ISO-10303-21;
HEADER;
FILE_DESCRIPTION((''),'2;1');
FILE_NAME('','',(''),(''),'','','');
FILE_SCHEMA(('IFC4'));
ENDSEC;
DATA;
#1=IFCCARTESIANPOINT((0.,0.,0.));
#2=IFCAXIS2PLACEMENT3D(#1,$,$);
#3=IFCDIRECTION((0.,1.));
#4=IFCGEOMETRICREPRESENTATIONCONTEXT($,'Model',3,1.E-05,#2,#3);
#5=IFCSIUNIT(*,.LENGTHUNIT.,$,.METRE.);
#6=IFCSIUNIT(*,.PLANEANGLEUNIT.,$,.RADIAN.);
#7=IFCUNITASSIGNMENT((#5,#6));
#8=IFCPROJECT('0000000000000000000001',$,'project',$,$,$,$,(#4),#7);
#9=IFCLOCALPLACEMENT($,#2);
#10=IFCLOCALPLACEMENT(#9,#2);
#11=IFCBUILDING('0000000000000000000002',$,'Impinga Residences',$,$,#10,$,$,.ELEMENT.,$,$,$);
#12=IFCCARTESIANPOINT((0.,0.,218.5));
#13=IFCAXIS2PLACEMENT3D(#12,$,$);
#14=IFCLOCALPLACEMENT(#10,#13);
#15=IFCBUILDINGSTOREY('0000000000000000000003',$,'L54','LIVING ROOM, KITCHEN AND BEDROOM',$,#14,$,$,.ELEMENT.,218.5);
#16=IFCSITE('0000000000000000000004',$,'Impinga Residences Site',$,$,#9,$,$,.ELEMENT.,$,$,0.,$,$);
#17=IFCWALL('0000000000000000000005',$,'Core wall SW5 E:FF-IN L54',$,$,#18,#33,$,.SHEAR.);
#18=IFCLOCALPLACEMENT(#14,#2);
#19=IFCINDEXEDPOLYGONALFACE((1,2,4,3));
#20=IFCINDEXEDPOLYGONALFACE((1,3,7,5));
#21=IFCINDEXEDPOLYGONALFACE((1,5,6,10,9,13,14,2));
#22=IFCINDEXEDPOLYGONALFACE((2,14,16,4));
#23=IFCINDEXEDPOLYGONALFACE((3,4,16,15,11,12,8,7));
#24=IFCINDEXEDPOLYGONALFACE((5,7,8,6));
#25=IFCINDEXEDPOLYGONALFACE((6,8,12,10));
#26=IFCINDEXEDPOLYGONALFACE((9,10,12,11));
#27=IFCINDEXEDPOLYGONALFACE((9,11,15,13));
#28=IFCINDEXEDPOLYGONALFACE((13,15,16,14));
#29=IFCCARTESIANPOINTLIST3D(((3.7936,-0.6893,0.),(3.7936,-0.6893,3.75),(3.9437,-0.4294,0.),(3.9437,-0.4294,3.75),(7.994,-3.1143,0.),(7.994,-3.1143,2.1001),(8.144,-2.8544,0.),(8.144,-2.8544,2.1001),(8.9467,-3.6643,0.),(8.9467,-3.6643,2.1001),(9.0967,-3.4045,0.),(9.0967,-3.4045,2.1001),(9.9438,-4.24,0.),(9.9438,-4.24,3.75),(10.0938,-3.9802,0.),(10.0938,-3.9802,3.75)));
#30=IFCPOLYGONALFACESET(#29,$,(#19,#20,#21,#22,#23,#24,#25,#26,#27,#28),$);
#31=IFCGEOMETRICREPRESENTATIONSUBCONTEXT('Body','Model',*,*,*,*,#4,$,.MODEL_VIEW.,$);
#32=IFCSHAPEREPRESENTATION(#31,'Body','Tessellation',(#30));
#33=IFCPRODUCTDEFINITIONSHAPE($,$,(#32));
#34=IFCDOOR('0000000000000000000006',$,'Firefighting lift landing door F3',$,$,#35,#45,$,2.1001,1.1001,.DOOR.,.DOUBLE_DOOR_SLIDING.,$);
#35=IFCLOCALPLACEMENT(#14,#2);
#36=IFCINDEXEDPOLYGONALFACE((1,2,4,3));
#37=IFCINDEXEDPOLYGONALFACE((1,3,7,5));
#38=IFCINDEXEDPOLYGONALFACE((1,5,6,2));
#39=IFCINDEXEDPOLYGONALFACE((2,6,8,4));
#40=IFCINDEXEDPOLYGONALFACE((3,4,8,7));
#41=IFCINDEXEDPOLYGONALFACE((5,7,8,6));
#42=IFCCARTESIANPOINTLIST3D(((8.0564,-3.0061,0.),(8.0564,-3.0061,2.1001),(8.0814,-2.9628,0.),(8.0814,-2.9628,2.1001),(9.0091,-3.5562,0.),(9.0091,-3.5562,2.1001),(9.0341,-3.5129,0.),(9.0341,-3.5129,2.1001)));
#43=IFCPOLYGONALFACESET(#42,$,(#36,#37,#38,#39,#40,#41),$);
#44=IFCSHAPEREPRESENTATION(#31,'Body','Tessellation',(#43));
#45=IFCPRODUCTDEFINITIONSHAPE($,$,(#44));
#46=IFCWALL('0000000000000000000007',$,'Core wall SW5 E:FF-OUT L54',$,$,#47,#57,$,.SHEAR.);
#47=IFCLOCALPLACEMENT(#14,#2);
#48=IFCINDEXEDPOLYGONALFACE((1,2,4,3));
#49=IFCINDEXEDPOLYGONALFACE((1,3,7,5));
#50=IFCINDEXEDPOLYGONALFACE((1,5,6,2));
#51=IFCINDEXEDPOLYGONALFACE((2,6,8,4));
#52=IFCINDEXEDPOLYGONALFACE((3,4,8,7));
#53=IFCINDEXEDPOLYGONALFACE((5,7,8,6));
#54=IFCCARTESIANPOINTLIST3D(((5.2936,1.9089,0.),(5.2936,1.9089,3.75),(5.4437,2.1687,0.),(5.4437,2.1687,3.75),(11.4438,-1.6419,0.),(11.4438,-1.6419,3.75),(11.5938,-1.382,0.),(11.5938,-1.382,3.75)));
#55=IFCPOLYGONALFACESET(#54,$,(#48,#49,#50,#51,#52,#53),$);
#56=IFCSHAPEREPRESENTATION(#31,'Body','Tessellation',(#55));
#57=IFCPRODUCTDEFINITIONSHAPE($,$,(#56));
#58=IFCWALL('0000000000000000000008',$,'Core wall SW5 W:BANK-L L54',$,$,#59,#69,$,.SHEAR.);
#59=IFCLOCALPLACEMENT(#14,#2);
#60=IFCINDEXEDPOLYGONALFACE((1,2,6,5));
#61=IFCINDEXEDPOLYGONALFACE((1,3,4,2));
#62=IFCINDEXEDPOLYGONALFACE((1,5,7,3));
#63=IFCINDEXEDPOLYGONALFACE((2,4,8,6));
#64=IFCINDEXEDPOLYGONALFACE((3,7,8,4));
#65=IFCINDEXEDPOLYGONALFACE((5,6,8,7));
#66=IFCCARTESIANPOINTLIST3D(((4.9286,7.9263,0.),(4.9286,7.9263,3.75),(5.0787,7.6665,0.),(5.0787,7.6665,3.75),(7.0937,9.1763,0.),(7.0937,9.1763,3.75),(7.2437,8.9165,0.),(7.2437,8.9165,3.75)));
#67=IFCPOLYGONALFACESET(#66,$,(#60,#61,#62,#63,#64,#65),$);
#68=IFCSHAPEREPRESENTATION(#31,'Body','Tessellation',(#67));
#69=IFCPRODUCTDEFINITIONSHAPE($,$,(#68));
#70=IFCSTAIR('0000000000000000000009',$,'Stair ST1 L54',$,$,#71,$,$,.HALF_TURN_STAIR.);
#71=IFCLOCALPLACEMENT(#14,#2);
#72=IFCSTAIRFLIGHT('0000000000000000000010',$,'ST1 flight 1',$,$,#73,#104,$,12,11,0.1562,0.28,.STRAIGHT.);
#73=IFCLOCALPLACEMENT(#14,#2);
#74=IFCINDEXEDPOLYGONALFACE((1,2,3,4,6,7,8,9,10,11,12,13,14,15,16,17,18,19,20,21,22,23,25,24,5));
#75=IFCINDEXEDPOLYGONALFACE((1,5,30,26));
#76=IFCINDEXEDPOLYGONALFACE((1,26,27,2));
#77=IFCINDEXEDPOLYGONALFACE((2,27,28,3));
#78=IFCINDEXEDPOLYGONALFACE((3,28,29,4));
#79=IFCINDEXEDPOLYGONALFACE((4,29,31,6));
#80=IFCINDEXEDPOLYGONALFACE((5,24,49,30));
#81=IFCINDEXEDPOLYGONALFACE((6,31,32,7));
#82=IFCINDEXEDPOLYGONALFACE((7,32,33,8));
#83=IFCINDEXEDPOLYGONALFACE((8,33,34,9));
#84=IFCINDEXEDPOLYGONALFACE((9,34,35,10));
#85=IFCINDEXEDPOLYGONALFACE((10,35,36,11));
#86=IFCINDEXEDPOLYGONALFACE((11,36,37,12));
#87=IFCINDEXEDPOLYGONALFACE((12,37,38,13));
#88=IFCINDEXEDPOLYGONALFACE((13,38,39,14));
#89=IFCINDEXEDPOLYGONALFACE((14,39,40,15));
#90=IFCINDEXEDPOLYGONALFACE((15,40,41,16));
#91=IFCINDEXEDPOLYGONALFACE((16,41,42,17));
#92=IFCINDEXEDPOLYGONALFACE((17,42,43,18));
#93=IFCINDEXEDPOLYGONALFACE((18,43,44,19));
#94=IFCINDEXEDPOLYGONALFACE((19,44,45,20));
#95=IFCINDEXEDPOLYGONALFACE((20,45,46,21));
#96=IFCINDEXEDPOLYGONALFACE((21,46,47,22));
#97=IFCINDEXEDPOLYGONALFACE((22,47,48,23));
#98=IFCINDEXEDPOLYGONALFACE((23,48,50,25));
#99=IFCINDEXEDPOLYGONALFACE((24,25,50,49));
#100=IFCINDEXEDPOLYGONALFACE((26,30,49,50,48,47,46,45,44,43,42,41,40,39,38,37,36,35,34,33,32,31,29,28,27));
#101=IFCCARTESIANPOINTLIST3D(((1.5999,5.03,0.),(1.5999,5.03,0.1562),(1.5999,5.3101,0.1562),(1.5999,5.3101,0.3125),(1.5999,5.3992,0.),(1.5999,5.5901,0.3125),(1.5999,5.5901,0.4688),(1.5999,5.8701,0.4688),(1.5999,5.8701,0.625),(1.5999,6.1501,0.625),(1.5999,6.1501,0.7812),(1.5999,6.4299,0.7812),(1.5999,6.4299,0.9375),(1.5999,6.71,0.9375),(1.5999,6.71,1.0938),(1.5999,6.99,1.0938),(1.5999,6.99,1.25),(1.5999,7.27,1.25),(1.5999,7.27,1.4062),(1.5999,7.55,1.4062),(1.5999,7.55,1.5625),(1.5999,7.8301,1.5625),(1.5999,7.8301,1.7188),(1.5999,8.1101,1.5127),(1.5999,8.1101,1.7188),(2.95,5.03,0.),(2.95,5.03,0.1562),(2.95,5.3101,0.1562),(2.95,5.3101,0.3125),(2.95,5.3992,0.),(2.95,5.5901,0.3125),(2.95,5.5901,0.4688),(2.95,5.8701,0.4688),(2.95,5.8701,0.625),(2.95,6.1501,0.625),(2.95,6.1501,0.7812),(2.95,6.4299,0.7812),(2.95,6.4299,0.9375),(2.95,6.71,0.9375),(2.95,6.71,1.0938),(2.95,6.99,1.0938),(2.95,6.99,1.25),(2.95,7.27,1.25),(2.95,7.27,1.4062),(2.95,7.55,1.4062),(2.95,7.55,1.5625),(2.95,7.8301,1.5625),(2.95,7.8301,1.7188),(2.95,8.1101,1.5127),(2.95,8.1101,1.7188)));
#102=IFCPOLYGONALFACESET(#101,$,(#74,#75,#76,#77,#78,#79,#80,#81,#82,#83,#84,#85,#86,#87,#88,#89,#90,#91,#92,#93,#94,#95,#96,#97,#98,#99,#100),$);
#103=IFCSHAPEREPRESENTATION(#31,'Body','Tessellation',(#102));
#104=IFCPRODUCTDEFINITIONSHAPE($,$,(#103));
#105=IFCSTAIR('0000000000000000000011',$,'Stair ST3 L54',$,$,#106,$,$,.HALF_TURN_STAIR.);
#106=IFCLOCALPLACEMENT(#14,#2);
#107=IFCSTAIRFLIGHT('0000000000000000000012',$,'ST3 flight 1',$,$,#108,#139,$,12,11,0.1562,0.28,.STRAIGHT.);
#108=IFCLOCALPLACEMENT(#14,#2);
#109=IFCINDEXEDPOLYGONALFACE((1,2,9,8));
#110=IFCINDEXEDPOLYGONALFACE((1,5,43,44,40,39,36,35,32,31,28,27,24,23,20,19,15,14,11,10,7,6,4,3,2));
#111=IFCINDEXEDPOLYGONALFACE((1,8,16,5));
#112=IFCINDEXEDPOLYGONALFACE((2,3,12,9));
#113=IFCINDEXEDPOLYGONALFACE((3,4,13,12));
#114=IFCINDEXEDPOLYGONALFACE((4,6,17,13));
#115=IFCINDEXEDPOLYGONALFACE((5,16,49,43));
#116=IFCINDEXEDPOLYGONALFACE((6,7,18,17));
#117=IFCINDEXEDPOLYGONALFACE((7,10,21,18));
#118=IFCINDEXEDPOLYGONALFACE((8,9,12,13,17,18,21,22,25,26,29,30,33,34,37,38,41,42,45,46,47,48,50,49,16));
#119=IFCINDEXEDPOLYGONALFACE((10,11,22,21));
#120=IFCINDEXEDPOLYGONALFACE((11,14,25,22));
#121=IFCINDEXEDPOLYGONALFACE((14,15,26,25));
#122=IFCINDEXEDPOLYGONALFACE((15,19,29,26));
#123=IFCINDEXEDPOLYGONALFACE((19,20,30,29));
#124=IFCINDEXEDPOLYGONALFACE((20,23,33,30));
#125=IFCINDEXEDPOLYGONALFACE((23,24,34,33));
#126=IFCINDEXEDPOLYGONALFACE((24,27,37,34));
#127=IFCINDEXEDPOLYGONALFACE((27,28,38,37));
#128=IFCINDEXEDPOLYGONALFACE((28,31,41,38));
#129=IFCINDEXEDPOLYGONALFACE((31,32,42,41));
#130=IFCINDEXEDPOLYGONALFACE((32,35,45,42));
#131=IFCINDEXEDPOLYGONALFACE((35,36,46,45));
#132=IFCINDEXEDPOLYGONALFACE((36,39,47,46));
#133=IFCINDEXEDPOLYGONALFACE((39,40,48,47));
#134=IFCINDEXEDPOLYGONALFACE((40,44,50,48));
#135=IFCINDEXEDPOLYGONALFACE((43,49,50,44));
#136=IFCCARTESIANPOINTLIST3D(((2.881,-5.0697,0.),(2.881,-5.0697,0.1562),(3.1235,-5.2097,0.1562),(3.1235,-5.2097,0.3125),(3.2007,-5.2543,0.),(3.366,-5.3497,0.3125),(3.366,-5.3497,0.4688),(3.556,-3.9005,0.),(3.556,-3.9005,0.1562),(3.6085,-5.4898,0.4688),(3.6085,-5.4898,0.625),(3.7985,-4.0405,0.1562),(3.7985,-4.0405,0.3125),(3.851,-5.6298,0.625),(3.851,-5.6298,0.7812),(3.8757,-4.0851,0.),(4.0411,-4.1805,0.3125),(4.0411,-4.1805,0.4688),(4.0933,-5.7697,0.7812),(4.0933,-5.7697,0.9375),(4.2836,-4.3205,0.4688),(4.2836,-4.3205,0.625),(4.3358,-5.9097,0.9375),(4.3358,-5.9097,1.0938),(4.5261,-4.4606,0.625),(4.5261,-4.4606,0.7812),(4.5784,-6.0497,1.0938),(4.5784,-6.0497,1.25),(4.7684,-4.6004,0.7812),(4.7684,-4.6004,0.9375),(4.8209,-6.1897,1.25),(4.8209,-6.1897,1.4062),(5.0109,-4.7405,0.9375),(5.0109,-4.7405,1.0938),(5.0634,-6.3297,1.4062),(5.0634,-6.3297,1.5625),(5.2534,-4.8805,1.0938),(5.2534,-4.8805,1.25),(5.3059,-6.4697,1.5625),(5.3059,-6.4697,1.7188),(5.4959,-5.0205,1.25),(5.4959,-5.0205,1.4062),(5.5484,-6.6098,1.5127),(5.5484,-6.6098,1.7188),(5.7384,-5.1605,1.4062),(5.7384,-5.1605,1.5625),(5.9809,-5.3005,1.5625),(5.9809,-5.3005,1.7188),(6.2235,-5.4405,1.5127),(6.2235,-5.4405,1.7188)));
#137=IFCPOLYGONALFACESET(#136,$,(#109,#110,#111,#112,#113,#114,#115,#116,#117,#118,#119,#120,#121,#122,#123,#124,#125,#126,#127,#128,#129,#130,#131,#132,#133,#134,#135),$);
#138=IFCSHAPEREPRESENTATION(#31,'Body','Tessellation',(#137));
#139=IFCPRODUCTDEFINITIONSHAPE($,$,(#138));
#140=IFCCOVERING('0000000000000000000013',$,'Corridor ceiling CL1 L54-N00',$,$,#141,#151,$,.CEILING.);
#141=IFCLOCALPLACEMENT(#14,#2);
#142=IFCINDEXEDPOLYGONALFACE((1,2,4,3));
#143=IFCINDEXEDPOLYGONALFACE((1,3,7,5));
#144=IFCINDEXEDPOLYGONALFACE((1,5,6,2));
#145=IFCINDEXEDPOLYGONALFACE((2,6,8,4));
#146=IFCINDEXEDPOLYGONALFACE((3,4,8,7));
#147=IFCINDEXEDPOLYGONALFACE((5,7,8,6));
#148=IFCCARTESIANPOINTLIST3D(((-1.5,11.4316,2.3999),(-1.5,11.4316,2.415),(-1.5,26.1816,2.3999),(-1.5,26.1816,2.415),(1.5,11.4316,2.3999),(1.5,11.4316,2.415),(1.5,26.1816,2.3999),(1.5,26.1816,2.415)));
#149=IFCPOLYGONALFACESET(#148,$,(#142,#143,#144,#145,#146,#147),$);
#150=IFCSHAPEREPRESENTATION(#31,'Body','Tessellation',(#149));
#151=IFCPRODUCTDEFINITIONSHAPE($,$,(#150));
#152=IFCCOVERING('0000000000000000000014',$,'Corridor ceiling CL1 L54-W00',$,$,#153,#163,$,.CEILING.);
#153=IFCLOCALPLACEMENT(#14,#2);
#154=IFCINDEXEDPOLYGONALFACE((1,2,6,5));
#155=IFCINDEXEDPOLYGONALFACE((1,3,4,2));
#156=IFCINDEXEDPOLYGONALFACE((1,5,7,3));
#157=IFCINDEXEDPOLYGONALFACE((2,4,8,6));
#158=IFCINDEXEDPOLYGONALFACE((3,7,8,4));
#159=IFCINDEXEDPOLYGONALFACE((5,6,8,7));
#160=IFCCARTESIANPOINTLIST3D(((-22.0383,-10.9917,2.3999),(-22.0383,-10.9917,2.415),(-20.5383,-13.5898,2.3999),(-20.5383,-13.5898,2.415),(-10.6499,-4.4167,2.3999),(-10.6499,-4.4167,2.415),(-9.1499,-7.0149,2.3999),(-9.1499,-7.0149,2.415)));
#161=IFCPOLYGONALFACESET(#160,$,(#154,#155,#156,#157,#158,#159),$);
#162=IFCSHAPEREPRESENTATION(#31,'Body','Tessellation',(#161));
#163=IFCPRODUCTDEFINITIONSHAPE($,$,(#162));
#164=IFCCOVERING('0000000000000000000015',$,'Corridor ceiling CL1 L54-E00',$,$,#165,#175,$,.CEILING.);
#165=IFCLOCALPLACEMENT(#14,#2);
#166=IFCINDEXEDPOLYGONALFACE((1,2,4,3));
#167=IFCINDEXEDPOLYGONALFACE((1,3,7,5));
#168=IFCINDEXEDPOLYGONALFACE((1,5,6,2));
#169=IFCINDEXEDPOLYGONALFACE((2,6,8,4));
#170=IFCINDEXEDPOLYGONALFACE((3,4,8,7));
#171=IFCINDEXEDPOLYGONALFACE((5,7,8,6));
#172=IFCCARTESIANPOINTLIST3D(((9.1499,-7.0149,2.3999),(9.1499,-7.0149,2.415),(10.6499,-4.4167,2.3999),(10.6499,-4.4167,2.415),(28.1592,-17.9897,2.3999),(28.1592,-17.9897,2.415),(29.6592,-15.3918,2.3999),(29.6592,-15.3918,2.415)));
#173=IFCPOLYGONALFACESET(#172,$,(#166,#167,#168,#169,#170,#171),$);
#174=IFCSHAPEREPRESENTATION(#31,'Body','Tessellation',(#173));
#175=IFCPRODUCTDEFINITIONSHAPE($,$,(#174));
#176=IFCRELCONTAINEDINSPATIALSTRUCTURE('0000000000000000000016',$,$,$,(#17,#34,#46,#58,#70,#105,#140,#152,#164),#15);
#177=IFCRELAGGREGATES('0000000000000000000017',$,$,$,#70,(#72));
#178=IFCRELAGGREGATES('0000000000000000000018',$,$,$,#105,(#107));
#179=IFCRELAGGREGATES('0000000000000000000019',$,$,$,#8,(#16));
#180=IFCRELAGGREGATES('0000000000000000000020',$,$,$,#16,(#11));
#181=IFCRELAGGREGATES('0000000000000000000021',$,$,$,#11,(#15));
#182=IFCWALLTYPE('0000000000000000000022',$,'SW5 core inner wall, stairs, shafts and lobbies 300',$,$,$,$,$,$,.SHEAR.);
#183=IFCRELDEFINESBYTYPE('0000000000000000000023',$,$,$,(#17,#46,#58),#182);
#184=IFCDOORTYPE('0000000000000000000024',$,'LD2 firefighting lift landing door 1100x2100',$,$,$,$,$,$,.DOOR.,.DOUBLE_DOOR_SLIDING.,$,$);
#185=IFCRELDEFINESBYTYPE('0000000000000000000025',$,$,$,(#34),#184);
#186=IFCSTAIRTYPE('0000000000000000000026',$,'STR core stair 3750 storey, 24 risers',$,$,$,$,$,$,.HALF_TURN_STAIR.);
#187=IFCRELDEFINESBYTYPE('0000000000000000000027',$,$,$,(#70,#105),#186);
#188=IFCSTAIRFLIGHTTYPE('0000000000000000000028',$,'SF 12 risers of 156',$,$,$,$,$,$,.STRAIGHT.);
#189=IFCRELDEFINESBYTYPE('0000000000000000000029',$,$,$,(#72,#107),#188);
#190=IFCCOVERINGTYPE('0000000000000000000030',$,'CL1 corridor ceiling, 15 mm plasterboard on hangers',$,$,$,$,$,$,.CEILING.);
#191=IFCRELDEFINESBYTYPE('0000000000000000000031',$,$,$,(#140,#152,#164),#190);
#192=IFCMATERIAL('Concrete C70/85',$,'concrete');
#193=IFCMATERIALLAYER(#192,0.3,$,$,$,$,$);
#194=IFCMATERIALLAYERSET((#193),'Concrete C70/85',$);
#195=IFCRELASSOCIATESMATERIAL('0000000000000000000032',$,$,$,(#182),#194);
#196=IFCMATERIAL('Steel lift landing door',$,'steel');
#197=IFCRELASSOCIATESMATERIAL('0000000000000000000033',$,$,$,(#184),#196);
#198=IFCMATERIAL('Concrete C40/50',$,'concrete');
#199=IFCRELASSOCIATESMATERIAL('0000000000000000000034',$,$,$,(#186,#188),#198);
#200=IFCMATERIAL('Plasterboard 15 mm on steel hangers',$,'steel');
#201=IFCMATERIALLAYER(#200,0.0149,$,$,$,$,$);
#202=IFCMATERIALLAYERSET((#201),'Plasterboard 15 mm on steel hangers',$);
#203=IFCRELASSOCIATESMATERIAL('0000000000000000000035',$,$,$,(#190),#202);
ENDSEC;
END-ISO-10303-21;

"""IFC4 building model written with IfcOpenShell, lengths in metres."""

from ifc_helpers import new_model, si_unit, direction, frame, frame_2d, origin, place, context, subcontext, project, spatial, polyline, rectangle, outline, extrude, material, layer, layer_set, type_object, element, fill, aggregate, save


model = new_model("IFC4")

# Units and contexts
model_context = context("Model", 3, precision=1e-05, world=origin(), true_north=direction((0.0, 1.0)))
body_context = subcontext(model_context, "Body", "Model", "MODEL_VIEW")
ifc_project = project(units=[si_unit("LENGTHUNIT", "METRE"), si_unit("PLANEANGLEUNIT", "RADIAN")], contexts=[model_context])

# Site, building, storey
site_placement = place(None, origin())
site = spatial("IfcSite", under=ifc_project, at=site_placement, Name="Impinga Residences Site", CompositionType="ELEMENT", RefElevation=0.0)
building_placement = place(site_placement, origin())
building = spatial("IfcBuilding", under=site, at=building_placement, Name="Impinga Residences", CompositionType="ELEMENT")
storey_placement = place(building_placement, frame((0.0, 0.0, 218.5)))
storey = spatial("IfcBuildingStorey", under=building, at=storey_placement, Name="L54", Description="LIVING ROOM, KITCHEN AND BEDROOM", CompositionType="ELEMENT", Elevation=218.5)

# Shared definitions
ifc_material_1 = material(Name="Concrete C40/50", Category="concrete")

# Shared definitions
ifc_material_2 = material(Name="Concrete C70/85", Category="concrete")
ifc_layer_1 = layer(ifc_material_2, 0.3)
ifc_layer_set_1 = layer_set([ifc_layer_1], Name="Concrete C70/85")
wall_type = type_object("IfcWallType", Name="SW5 core inner wall, stairs, shafts and lobbies 300", PredefinedType="SHEAR", material=ifc_layer_set_1)

# Wall, opening, door
wall_1_placement = place(storey_placement, frame((3.8687, -0.5593, 0.0), z_axis=(0.0, 0.0, 1.0), x_axis=(0.866026, -0.499999, 0.0)))
wall_1 = element("IfcWall", 1, at=wall_1_placement, inside=storey, type_object=wall_type, Name="Core wall SW5 E:FF-IN L54", PredefinedType="SHEAR", context=body_context, shape_type="SweptSolid", body=[
    extrude(rectangle(XDim=7.1016, YDim=0.3, at=frame_2d((3.5508, 0.0))), origin(), (0.0, 0.0, 1.0), 3.75),
])
opening_1_placement = place(wall_1_placement, frame((4.8501, 0.0, 0.0)))
opening_1 = element("IfcOpeningElement", 2, at=opening_1_placement, cuts=wall_1, PredefinedType="OPENING", context=body_context, shape_type="SweptSolid", body=[
    extrude(rectangle(XDim=1.1001, YDim=2.1001, at=frame_2d((0.55, 1.05))), frame((0.0, 0.1599, 0.0), z_axis=(0.0, -1.0, 0.0), x_axis=(1.0, 0.0, 0.0)), (0.0, 0.0, 1.0), 0.3201),
])
ifc_material_3 = material(Name="Steel lift landing door", Category="steel")
door_type_1 = type_object("IfcDoorType", Name="LD2 firefighting lift landing door 1100x2100", OperationType="DOUBLE_DOOR_SLIDING", PredefinedType="DOOR", material=ifc_material_3)
door_1_placement = place(opening_1_placement, origin())
door_1 = element("IfcDoor", 3, at=door_1_placement, inside=storey, type_object=door_type_1, Name="Firefighting lift landing door F3", OperationType="DOUBLE_DOOR_SLIDING", OverallHeight=2.1001, OverallWidth=1.1001, PredefinedType="DOOR", context=body_context, shape_type="SweptSolid", body=[
    extrude(rectangle(XDim=1.1001, YDim=2.1001, at=frame_2d((0.55, 1.05))), frame((0.0, 0.0249, 0.0), z_axis=(0.0, -1.0, 0.0), x_axis=(1.0, 0.0, 0.0)), (0.0, 0.0, 1.0), 0.05),
])
fill(opening_1, door_1)

# Walls
wall_2_placement = place(storey_placement, frame((5.3687, 2.0388, 0.0), z_axis=(0.0, 0.0, 1.0), x_axis=(0.866026, -0.499999, 0.0)))
element("IfcWall", 4, at=wall_2_placement, inside=storey, type_object=wall_type, Name="Core wall SW5 E:FF-OUT L54", PredefinedType="SHEAR", context=body_context, shape_type="SweptSolid", body=[
    extrude(rectangle(XDim=7.1016, YDim=0.3, at=frame_2d((3.5508, 0.0))), origin(), (0.0, 0.0, 1.0), 3.75),
])
wall_3_placement = place(storey_placement, frame((5.0037, 7.7964, 0.0), z_axis=(0.0, 0.0, 1.0), x_axis=(0.866023, 0.500004, 0.0)))
element("IfcWall", 5, at=wall_3_placement, inside=storey, type_object=wall_type, Name="Core wall SW5 W:BANK-L L54", PredefinedType="SHEAR", context=body_context, shape_type="SweptSolid", body=[
    extrude(rectangle(XDim=2.5, YDim=0.3, at=frame_2d((1.25, 0.0))), origin(), (0.0, 0.0, 1.0), 3.75),
])

# Stairs, stair flights
stair_type_1 = type_object("IfcStairType", Name="STR core stair 3750 storey, 24 risers", PredefinedType="HALF_TURN_STAIR", material=ifc_material_1)
stair_1_placement = place(storey_placement, origin())
stair_1 = element("IfcStair", 6, at=stair_1_placement, inside=storey, type_object=stair_type_1, Name="Stair ST1 L54", PredefinedType="HALF_TURN_STAIR")
stair_flight_type = type_object("IfcStairFlightType", Name="SF 12 risers of 156", PredefinedType="STRAIGHT", material=ifc_material_1)
stair_flight_1_placement = place(storey_placement, frame((2.2749, 5.03, 0.0), z_axis=(0.0, 0.0, 1.0), x_axis=(0.0, 1.0, 0.0)))
stair_flight_1 = element("IfcStairFlight", 7, at=stair_flight_1_placement, type_object=stair_flight_type, Name="ST1 flight 1", NumberOfRisers=12, NumberOfTreads=11, PredefinedType="STRAIGHT", RiserHeight=0.1562, TreadLength=0.28, context=body_context, shape_type="SweptSolid", body=[
    extrude(outline(polyline([(0.0, 0.0), (0.0, 0.1562), (0.28, 0.1562), (0.28, 0.3125), (0.5601, 0.3125), (0.5601, 0.4688), (0.8401, 0.4688), (0.8401, 0.625), (1.1201, 0.625), (1.1201, 0.7812), (1.3999, 0.7812), (1.3999, 0.9375), (1.6799, 0.9375), (1.6799, 1.0938), (1.96, 1.0938), (1.96, 1.25), (2.24, 1.25), (2.24, 1.4062), (2.52, 1.4062), (2.52, 1.5625), (2.8, 1.5625), (2.8, 1.7188), (3.0801, 1.7188), (3.0801, 1.875), (3.0801, 1.5127), (0.3691, 0.0), (0.0, 0.0)])), frame((0.0, 0.675, 0.0), z_axis=(0.0, -1.0, 0.0), x_axis=(1.0, 0.0, 0.0)), (0.0, 0.0, 1.0), 1.3501),
])
aggregate(stair_1, [stair_flight_1])
stair_2_placement = place(storey_placement, origin())
stair_2 = element("IfcStair", 8, at=stair_2_placement, inside=storey, type_object=stair_type_1, Name="Stair ST3 L54", PredefinedType="HALF_TURN_STAIR")
stair_flight_2_placement = place(storey_placement, frame((3.2185, -4.4851, 0.0), z_axis=(0.0, 0.0, 1.0), x_axis=(0.866025, -0.5, 0.0)))
stair_flight_2 = element("IfcStairFlight", 9, at=stair_flight_2_placement, type_object=stair_flight_type, Name="ST3 flight 1", NumberOfRisers=12, NumberOfTreads=11, PredefinedType="STRAIGHT", RiserHeight=0.1562, TreadLength=0.28, context=body_context, shape_type="SweptSolid", body=[
    extrude(outline(polyline([(0.0, 0.0), (0.0, 0.1562), (0.28, 0.1562), (0.28, 0.3125), (0.5601, 0.3125), (0.5601, 0.4688), (0.8401, 0.4688), (0.8401, 0.625), (1.1201, 0.625), (1.1201, 0.7812), (1.3999, 0.7812), (1.3999, 0.9375), (1.6799, 0.9375), (1.6799, 1.0938), (1.96, 1.0938), (1.96, 1.25), (2.24, 1.25), (2.24, 1.4062), (2.52, 1.4062), (2.52, 1.5625), (2.8, 1.5625), (2.8, 1.7188), (3.0801, 1.7188), (3.0801, 1.875), (3.0801, 1.5127), (0.3691, 0.0), (0.0, 0.0)])), frame((0.0, 0.675, 0.0), z_axis=(0.0, -1.0, 0.0), x_axis=(1.0, 0.0, 0.0)), (0.0, 0.0, 1.0), 1.3501),
])
aggregate(stair_2, [stair_flight_2])

# Coverings
ifc_material_4 = material(Name="Plasterboard 15 mm on steel hangers", Category="steel")
ifc_layer_2 = layer(ifc_material_4, 0.0149)
ifc_layer_set_2 = layer_set([ifc_layer_2], Name="Plasterboard 15 mm on steel hangers")
covering_type_1 = type_object("IfcCoveringType", Name="CL1 corridor ceiling, 15 mm plasterboard on hangers", PredefinedType="CEILING", material=ifc_layer_set_2)
covering_1_placement = place(storey_placement, frame((0.0, 0.0, 2.3999)))
element("IfcCovering", 10, at=covering_1_placement, inside=storey, type_object=covering_type_1, Name="Corridor ceiling CL1 L54-N00", PredefinedType="CEILING", context=body_context, shape_type="SweptSolid", body=[
    extrude(outline(polyline([(-1.5, 11.4316), (1.5, 11.4316), (1.5, 26.1816), (-1.5, 26.1816), (-1.5, 11.4316)])), origin(), (0.0, 0.0, 1.0), 0.0151),
])
covering_2_placement = place(storey_placement, frame((0.0, 0.0, 2.3999)))
element("IfcCovering", 11, at=covering_2_placement, inside=storey, type_object=covering_type_1, Name="Corridor ceiling CL1 L54-W00", PredefinedType="CEILING", context=body_context, shape_type="SweptSolid", body=[
    extrude(outline(polyline([(-9.1499, -7.0149), (-10.6499, -4.4167), (-22.0383, -10.9917), (-20.5383, -13.5898), (-9.1499, -7.0149)])), origin(), (0.0, 0.0, 1.0), 0.0151),
])
covering_3_placement = place(storey_placement, frame((0.0, 0.0, 2.3999)))
element("IfcCovering", 12, at=covering_3_placement, inside=storey, type_object=covering_type_1, Name="Corridor ceiling CL1 L54-E00", PredefinedType="CEILING", context=body_context, shape_type="SweptSolid", body=[
    extrude(outline(polyline([(10.6499, -4.4167), (9.1499, -7.0149), (28.1592, -17.9897), (29.6592, -15.3918), (10.6499, -4.4167)])), origin(), (0.0, 0.0, 1.0), 0.0151),
])

save(model, "model.ifc")
